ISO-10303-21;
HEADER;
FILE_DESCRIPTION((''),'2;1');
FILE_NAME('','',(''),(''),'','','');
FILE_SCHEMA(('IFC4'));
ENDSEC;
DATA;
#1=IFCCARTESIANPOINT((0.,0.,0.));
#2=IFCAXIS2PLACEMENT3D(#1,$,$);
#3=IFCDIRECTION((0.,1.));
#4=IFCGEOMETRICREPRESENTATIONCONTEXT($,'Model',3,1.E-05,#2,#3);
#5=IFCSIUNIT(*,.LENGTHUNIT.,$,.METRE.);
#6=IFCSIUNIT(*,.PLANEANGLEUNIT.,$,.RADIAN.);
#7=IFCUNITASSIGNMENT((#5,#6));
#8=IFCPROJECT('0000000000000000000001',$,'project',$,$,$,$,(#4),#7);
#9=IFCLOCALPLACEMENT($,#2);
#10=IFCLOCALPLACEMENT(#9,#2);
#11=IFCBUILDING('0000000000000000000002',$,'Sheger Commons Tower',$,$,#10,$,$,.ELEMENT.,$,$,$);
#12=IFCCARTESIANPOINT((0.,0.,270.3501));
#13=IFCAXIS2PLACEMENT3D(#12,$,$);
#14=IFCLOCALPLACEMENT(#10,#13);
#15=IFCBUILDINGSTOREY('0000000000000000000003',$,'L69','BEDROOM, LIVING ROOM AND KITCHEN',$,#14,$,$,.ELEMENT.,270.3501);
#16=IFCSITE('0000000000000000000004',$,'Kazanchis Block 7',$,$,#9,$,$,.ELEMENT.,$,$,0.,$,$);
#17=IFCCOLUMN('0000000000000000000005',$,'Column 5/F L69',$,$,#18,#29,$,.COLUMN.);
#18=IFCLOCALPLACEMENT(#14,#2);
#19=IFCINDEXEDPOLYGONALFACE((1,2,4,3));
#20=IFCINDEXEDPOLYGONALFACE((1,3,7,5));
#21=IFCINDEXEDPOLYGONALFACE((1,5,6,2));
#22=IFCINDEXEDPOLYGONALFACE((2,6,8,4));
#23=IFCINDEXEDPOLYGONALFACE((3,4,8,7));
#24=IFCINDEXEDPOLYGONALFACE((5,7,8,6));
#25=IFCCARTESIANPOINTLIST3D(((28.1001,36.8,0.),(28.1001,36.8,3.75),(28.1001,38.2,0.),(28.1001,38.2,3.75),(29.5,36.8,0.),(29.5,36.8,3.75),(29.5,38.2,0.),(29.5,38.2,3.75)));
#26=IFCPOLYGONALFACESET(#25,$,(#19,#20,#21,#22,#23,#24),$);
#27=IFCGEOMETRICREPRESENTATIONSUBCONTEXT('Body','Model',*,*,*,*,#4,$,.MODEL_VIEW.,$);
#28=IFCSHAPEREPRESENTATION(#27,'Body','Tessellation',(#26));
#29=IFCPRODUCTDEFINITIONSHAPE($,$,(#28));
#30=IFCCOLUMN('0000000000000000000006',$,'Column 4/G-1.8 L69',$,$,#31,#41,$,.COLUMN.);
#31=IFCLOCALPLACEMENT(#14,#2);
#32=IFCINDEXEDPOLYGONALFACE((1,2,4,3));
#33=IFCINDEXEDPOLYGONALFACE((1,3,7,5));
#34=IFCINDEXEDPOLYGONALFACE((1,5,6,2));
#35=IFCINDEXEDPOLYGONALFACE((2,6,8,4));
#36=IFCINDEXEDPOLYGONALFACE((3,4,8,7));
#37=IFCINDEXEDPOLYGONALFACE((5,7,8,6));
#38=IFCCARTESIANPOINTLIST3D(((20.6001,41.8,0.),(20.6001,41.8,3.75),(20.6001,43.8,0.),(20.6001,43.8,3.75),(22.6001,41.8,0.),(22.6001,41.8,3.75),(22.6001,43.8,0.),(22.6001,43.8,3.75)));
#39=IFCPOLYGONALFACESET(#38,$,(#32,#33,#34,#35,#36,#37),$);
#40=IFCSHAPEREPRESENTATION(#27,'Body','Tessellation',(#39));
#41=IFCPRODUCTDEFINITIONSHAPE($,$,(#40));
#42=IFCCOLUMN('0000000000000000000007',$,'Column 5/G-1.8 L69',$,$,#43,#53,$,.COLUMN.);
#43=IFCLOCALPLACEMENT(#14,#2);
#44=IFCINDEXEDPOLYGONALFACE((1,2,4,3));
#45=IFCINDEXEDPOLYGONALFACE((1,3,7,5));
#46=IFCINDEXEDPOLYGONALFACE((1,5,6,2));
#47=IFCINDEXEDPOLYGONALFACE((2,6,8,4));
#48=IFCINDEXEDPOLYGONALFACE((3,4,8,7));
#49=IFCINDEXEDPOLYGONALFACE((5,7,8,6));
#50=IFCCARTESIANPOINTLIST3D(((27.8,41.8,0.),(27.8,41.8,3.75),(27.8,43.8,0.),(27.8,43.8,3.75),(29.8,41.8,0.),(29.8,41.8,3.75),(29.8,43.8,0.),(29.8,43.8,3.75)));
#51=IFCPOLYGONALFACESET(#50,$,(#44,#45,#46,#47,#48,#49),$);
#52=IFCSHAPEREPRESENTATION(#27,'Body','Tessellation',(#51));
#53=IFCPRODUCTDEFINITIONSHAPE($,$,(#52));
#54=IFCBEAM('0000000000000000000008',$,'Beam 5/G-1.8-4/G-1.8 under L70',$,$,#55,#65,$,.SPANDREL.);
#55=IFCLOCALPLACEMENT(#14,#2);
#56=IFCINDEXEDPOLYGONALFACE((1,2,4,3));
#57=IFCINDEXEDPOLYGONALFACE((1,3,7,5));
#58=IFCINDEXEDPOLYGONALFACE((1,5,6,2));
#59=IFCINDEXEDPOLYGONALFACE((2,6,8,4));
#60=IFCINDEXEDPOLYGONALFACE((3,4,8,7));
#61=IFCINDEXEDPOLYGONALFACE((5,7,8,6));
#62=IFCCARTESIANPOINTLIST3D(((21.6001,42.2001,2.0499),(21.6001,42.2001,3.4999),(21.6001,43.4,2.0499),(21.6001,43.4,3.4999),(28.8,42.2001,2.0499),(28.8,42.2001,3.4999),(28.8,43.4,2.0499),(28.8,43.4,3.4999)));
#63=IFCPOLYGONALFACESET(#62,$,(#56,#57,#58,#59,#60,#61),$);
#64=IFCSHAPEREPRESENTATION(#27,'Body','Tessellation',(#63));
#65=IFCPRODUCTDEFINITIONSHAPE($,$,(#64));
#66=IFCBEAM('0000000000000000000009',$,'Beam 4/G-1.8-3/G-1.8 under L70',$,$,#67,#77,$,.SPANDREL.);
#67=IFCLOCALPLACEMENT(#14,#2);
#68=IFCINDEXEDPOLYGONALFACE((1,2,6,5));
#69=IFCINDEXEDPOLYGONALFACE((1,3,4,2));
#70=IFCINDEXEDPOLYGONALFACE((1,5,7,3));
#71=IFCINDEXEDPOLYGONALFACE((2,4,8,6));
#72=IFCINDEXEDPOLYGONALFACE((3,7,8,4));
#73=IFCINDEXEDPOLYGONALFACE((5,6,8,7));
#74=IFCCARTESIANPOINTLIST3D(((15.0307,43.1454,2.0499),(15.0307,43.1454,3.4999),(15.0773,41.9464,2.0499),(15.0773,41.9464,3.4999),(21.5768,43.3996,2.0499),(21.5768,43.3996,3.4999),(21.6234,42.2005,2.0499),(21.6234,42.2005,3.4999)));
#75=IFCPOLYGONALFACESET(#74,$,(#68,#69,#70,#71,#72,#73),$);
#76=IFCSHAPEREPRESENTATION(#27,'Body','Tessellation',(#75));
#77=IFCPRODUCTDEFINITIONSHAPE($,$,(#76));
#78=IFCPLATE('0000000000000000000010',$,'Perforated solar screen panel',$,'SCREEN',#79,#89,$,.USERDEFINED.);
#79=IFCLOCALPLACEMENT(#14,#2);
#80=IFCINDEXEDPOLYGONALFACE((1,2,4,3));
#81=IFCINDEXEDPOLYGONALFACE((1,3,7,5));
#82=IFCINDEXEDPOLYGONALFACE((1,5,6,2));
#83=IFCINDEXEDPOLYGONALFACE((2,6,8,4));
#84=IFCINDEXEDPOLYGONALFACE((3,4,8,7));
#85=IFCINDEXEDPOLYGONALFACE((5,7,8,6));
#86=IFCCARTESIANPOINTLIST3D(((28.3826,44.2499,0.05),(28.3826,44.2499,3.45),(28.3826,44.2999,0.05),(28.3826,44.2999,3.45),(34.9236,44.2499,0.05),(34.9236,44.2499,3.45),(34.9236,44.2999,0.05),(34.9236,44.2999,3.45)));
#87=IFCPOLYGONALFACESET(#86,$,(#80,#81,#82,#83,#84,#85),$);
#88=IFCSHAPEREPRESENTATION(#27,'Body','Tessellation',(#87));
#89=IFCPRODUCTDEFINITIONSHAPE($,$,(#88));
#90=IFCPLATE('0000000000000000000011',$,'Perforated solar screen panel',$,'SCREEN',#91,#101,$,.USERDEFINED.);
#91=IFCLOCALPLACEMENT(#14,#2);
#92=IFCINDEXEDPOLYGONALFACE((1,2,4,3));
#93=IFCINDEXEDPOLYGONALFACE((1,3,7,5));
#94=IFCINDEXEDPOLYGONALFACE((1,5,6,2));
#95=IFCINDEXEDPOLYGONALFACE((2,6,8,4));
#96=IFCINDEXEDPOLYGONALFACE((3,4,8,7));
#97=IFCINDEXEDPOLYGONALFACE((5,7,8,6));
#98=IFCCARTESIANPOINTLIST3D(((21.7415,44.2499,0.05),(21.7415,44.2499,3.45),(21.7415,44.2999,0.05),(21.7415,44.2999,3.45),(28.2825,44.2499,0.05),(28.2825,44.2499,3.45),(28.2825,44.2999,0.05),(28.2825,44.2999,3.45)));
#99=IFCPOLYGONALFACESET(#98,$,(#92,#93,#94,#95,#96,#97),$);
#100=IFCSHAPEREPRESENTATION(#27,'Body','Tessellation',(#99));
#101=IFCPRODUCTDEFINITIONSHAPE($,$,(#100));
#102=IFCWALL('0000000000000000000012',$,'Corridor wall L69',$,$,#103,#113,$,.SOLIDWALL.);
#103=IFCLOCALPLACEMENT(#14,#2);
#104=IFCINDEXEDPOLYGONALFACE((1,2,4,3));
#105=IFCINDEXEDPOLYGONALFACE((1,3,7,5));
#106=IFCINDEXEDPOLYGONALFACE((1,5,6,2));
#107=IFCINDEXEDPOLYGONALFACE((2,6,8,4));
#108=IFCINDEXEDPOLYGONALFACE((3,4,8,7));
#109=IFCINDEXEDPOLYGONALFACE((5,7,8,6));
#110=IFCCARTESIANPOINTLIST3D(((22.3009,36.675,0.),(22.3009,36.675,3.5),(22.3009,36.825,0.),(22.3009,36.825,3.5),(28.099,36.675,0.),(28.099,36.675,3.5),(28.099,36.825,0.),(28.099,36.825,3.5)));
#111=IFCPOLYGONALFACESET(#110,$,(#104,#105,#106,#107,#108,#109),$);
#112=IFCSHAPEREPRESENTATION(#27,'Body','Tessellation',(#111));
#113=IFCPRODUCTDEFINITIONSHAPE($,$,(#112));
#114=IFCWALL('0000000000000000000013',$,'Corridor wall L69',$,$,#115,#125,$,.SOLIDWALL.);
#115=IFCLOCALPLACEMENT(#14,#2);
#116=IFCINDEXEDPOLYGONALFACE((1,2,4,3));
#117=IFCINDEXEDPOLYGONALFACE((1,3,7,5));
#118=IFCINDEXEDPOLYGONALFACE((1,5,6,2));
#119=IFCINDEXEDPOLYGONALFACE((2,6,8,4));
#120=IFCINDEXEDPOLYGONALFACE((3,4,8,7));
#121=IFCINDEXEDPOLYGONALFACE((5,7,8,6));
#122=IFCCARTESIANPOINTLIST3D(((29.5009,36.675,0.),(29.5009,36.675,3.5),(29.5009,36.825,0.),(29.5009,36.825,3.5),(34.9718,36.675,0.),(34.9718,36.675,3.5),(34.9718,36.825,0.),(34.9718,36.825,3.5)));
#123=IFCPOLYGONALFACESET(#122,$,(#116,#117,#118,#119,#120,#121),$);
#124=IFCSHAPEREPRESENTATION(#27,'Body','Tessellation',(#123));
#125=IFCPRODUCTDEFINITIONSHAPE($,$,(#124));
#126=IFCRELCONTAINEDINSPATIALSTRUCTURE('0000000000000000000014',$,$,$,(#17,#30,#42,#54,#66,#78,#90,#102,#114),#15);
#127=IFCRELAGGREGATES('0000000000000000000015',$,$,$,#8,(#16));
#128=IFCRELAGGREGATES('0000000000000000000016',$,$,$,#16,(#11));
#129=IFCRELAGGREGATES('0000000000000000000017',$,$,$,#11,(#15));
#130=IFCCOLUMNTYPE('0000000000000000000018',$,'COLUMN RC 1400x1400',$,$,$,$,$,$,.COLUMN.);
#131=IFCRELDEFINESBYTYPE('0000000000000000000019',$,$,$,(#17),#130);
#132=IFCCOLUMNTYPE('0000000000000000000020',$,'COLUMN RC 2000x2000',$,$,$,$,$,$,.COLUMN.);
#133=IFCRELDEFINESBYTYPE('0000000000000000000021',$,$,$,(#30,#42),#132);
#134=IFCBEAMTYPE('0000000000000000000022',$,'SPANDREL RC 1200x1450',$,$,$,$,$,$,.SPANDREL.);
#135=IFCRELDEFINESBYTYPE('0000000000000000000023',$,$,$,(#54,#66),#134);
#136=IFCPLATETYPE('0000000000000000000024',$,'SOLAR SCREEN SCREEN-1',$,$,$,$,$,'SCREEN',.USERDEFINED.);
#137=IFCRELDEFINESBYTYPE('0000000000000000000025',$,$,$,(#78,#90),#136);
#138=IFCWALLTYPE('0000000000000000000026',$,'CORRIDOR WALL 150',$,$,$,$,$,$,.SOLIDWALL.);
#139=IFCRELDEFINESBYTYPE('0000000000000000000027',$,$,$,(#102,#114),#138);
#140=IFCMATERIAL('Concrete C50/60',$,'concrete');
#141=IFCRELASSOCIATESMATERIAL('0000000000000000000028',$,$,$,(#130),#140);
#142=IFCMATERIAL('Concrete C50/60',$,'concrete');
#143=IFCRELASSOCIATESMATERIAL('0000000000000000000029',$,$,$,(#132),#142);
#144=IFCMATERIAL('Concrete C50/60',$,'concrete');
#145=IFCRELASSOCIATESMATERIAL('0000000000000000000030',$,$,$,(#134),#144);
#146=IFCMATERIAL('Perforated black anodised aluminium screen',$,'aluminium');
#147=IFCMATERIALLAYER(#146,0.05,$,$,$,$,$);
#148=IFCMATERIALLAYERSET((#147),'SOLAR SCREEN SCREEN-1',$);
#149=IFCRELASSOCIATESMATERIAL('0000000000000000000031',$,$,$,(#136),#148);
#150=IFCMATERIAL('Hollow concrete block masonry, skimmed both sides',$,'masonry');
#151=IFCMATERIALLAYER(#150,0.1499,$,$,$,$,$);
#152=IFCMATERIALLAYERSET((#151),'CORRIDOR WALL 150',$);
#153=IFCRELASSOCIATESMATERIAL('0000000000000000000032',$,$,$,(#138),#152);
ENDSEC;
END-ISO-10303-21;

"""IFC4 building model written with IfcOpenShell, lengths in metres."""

from ifc_helpers import new_model, si_unit, direction, frame, frame_2d, origin, origin_2d, place, context, subcontext, project, spatial, rectangle, extrude, material, layer, layer_set, material_profile, profile_set, type_object, element, save


model = new_model("IFC4")

# Units and contexts
model_context = context("Model", 3, precision=1e-05, world=origin(), true_north=direction((0.0, 1.0)))
body_context = subcontext(model_context, "Body", "Model", "MODEL_VIEW")
ifc_project = project(units=[si_unit("LENGTHUNIT", "METRE"), si_unit("PLANEANGLEUNIT", "RADIAN")], contexts=[model_context])

# Site, building, storey
site_placement = place(None, origin())
site = spatial("IfcSite", under=ifc_project, at=site_placement, Name="Kazanchis Block 7", CompositionType="ELEMENT", RefElevation=0.0)
building_placement = place(site_placement, origin())
building = spatial("IfcBuilding", under=site, at=building_placement, Name="Sheger Commons Tower", CompositionType="ELEMENT")
storey_placement = place(building_placement, frame((0.0, 0.0, 270.3501)))
storey = spatial("IfcBuildingStorey", under=building, at=storey_placement, Name="L69", Description="BEDROOM, LIVING ROOM AND KITCHEN", CompositionType="ELEMENT", Elevation=270.3501)

# Columns
ifc_material_1 = material(Name="Concrete C50/60", Category="concrete")
ifc_material_profile_1 = material_profile(ifc_material_1, rectangle(XDim=1.3999, YDim=1.3999, at=origin_2d()), Name="RC 1400x1400")
ifc_profile_set_1 = profile_set([ifc_material_profile_1], Name="Concrete C50/60")
column_type_1 = type_object("IfcColumnType", Name="COLUMN RC 1400x1400", PredefinedType="COLUMN", material=ifc_profile_set_1)
column_placement = place(storey_placement, frame((28.8, 37.5, 0.0), z_axis=(0.0, 0.0, 1.0), x_axis=(1.0, 0.0, 0.0)))
element("IfcColumn", 1, at=column_placement, inside=storey, type_object=column_type_1, Name="Column 5/F L69", PredefinedType="COLUMN", context=body_context, shape_type="SweptSolid", body=[
    extrude(rectangle(XDim=1.3999, YDim=1.3999, at=origin_2d()), origin(), (0.0, 0.0, 1.0), 3.75),
])
ifc_material_2 = material(Name="Concrete C50/60", Category="concrete")
ifc_material_profile_2 = material_profile(ifc_material_2, rectangle(XDim=2.0, YDim=2.0, at=origin_2d()), Name="RC 2000x2000")
ifc_profile_set_2 = profile_set([ifc_material_profile_2], Name="Concrete C50/60")
column_type_2 = type_object("IfcColumnType", Name="COLUMN RC 2000x2000", PredefinedType="COLUMN", material=ifc_profile_set_2)
for number, where, z_axis, x_axis, name in (
    (2, (21.6001, 42.8, 0.0), (0.0, 0.0, 1.0), (1.0, 0.0, 0.0), "Column 4/G-1.8 L69"),
    (3, (28.8, 42.8, 0.0), (0.0, 0.0, 1.0), (1.0, 0.0, 0.0), "Column 5/G-1.8 L69"),
):
    element("IfcColumn", number, at=place(storey_placement, frame(where, z_axis=z_axis, x_axis=x_axis)), inside=storey, type_object=column_type_2, Name=name, PredefinedType="COLUMN", context=body_context, shape_type="SweptSolid", body=[
        extrude(rectangle(XDim=2.0, YDim=2.0, at=origin_2d()), origin(), (0.0, 0.0, 1.0), 3.75),
    ])

# Beams
ifc_material_3 = material(Name="Concrete C50/60", Category="concrete")
ifc_material_profile_3 = material_profile(ifc_material_3, rectangle(XDim=1.2, YDim=1.45, at=origin_2d()), Name="RC 1200x1450")
ifc_profile_set_3 = profile_set([ifc_material_profile_3], Name="Concrete C50/60")
beam_type = type_object("IfcBeamType", Name="SPANDREL RC 1200x1450", PredefinedType="SPANDREL", material=ifc_profile_set_3)
beam_1_placement = place(storey_placement, frame((28.8, 42.8, 2.7749), z_axis=(-1.0, 0.0, 0.0), x_axis=(0.0, -1.0, 0.0)))
element("IfcBeam", 4, at=beam_1_placement, inside=storey, type_object=beam_type, Name="Beam 5/G-1.8-4/G-1.8 under L70", PredefinedType="SPANDREL", context=body_context, shape_type="SweptSolid", body=[
    extrude(rectangle(XDim=1.2, YDim=1.45, at=origin_2d()), origin(), (0.0, 0.0, 1.0), 7.2),
])
beam_2_placement = place(storey_placement, frame((21.6001, 42.8, 2.7749), z_axis=(-0.999247, -0.038795, 0.0), x_axis=(0.038795, -0.999247, 0.0)))
element("IfcBeam", 5, at=beam_2_placement, inside=storey, type_object=beam_type, Name="Beam 4/G-1.8-3/G-1.8 under L70", PredefinedType="SPANDREL", context=body_context, shape_type="SweptSolid", body=[
    extrude(rectangle(XDim=1.2, YDim=1.45, at=origin_2d()), origin(), (0.0, 0.0, 1.0), 6.551),
])

# Plates
ifc_material_4 = material(Name="Perforated black anodised aluminium screen", Category="aluminium")
ifc_layer_1 = layer(ifc_material_4, 0.05)
ifc_layer_set_1 = layer_set([ifc_layer_1], Name="SOLAR SCREEN SCREEN-1")
plate_type = type_object("IfcPlateType", Name="SOLAR SCREEN SCREEN-1", ElementType="SCREEN", PredefinedType="USERDEFINED", material=ifc_layer_set_1)
for number, where, z_axis, x_axis, name in (
    (6, (31.6531, 44.2749, 0.05), (0.0, 0.0, 1.0), (-1.0, 0.0, 0.0), "Perforated solar screen panel"),
    (7, (25.012, 44.2749, 0.05), (0.0, 0.0, 1.0), (-1.0, 0.0, 0.0), "Perforated solar screen panel"),
):
    element("IfcPlate", number, at=place(storey_placement, frame(where, z_axis=z_axis, x_axis=x_axis)), inside=storey, type_object=plate_type, Name=name, ObjectType="SCREEN", PredefinedType="USERDEFINED", context=body_context, shape_type="SweptSolid", body=[
        extrude(rectangle(XDim=6.541, YDim=0.05, at=origin_2d()), origin(), (0.0, 0.0, 1.0), 3.3999),
    ])

# Walls
ifc_material_5 = material(Name="Hollow concrete block masonry, skimmed both sides", Category="masonry")
ifc_layer_2 = layer(ifc_material_5, 0.1499)
ifc_layer_set_2 = layer_set([ifc_layer_2], Name="CORRIDOR WALL 150")
wall_type_1 = type_object("IfcWallType", Name="CORRIDOR WALL 150", PredefinedType="SOLIDWALL", material=ifc_layer_set_2)
wall_1_placement = place(storey_placement, frame((22.301, 36.75, 0.0), z_axis=(0.0, 0.0, 1.0), x_axis=(1.0, 0.0, 0.0)))
element("IfcWall", 8, at=wall_1_placement, inside=storey, type_object=wall_type_1, Name="Corridor wall L69", PredefinedType="SOLIDWALL", context=body_context, shape_type="SweptSolid", body=[
    extrude(rectangle(XDim=5.7981, YDim=0.1499, at=frame_2d((2.8989, 0.0))), origin(), (0.0, 0.0, 1.0), 3.5),
])
wall_2_placement = place(storey_placement, frame((29.501, 36.75, 0.0), z_axis=(0.0, 0.0, 1.0), x_axis=(1.0, 0.0, 0.0)))
element("IfcWall", 9, at=wall_2_placement, inside=storey, type_object=wall_type_1, Name="Corridor wall L69", PredefinedType="SOLIDWALL", context=body_context, shape_type="SweptSolid", body=[
    extrude(rectangle(XDim=5.4709, YDim=0.1499, at=frame_2d((2.7354, 0.0))), origin(), (0.0, 0.0, 1.0), 3.5),
])

save(model, "model.ifc")
